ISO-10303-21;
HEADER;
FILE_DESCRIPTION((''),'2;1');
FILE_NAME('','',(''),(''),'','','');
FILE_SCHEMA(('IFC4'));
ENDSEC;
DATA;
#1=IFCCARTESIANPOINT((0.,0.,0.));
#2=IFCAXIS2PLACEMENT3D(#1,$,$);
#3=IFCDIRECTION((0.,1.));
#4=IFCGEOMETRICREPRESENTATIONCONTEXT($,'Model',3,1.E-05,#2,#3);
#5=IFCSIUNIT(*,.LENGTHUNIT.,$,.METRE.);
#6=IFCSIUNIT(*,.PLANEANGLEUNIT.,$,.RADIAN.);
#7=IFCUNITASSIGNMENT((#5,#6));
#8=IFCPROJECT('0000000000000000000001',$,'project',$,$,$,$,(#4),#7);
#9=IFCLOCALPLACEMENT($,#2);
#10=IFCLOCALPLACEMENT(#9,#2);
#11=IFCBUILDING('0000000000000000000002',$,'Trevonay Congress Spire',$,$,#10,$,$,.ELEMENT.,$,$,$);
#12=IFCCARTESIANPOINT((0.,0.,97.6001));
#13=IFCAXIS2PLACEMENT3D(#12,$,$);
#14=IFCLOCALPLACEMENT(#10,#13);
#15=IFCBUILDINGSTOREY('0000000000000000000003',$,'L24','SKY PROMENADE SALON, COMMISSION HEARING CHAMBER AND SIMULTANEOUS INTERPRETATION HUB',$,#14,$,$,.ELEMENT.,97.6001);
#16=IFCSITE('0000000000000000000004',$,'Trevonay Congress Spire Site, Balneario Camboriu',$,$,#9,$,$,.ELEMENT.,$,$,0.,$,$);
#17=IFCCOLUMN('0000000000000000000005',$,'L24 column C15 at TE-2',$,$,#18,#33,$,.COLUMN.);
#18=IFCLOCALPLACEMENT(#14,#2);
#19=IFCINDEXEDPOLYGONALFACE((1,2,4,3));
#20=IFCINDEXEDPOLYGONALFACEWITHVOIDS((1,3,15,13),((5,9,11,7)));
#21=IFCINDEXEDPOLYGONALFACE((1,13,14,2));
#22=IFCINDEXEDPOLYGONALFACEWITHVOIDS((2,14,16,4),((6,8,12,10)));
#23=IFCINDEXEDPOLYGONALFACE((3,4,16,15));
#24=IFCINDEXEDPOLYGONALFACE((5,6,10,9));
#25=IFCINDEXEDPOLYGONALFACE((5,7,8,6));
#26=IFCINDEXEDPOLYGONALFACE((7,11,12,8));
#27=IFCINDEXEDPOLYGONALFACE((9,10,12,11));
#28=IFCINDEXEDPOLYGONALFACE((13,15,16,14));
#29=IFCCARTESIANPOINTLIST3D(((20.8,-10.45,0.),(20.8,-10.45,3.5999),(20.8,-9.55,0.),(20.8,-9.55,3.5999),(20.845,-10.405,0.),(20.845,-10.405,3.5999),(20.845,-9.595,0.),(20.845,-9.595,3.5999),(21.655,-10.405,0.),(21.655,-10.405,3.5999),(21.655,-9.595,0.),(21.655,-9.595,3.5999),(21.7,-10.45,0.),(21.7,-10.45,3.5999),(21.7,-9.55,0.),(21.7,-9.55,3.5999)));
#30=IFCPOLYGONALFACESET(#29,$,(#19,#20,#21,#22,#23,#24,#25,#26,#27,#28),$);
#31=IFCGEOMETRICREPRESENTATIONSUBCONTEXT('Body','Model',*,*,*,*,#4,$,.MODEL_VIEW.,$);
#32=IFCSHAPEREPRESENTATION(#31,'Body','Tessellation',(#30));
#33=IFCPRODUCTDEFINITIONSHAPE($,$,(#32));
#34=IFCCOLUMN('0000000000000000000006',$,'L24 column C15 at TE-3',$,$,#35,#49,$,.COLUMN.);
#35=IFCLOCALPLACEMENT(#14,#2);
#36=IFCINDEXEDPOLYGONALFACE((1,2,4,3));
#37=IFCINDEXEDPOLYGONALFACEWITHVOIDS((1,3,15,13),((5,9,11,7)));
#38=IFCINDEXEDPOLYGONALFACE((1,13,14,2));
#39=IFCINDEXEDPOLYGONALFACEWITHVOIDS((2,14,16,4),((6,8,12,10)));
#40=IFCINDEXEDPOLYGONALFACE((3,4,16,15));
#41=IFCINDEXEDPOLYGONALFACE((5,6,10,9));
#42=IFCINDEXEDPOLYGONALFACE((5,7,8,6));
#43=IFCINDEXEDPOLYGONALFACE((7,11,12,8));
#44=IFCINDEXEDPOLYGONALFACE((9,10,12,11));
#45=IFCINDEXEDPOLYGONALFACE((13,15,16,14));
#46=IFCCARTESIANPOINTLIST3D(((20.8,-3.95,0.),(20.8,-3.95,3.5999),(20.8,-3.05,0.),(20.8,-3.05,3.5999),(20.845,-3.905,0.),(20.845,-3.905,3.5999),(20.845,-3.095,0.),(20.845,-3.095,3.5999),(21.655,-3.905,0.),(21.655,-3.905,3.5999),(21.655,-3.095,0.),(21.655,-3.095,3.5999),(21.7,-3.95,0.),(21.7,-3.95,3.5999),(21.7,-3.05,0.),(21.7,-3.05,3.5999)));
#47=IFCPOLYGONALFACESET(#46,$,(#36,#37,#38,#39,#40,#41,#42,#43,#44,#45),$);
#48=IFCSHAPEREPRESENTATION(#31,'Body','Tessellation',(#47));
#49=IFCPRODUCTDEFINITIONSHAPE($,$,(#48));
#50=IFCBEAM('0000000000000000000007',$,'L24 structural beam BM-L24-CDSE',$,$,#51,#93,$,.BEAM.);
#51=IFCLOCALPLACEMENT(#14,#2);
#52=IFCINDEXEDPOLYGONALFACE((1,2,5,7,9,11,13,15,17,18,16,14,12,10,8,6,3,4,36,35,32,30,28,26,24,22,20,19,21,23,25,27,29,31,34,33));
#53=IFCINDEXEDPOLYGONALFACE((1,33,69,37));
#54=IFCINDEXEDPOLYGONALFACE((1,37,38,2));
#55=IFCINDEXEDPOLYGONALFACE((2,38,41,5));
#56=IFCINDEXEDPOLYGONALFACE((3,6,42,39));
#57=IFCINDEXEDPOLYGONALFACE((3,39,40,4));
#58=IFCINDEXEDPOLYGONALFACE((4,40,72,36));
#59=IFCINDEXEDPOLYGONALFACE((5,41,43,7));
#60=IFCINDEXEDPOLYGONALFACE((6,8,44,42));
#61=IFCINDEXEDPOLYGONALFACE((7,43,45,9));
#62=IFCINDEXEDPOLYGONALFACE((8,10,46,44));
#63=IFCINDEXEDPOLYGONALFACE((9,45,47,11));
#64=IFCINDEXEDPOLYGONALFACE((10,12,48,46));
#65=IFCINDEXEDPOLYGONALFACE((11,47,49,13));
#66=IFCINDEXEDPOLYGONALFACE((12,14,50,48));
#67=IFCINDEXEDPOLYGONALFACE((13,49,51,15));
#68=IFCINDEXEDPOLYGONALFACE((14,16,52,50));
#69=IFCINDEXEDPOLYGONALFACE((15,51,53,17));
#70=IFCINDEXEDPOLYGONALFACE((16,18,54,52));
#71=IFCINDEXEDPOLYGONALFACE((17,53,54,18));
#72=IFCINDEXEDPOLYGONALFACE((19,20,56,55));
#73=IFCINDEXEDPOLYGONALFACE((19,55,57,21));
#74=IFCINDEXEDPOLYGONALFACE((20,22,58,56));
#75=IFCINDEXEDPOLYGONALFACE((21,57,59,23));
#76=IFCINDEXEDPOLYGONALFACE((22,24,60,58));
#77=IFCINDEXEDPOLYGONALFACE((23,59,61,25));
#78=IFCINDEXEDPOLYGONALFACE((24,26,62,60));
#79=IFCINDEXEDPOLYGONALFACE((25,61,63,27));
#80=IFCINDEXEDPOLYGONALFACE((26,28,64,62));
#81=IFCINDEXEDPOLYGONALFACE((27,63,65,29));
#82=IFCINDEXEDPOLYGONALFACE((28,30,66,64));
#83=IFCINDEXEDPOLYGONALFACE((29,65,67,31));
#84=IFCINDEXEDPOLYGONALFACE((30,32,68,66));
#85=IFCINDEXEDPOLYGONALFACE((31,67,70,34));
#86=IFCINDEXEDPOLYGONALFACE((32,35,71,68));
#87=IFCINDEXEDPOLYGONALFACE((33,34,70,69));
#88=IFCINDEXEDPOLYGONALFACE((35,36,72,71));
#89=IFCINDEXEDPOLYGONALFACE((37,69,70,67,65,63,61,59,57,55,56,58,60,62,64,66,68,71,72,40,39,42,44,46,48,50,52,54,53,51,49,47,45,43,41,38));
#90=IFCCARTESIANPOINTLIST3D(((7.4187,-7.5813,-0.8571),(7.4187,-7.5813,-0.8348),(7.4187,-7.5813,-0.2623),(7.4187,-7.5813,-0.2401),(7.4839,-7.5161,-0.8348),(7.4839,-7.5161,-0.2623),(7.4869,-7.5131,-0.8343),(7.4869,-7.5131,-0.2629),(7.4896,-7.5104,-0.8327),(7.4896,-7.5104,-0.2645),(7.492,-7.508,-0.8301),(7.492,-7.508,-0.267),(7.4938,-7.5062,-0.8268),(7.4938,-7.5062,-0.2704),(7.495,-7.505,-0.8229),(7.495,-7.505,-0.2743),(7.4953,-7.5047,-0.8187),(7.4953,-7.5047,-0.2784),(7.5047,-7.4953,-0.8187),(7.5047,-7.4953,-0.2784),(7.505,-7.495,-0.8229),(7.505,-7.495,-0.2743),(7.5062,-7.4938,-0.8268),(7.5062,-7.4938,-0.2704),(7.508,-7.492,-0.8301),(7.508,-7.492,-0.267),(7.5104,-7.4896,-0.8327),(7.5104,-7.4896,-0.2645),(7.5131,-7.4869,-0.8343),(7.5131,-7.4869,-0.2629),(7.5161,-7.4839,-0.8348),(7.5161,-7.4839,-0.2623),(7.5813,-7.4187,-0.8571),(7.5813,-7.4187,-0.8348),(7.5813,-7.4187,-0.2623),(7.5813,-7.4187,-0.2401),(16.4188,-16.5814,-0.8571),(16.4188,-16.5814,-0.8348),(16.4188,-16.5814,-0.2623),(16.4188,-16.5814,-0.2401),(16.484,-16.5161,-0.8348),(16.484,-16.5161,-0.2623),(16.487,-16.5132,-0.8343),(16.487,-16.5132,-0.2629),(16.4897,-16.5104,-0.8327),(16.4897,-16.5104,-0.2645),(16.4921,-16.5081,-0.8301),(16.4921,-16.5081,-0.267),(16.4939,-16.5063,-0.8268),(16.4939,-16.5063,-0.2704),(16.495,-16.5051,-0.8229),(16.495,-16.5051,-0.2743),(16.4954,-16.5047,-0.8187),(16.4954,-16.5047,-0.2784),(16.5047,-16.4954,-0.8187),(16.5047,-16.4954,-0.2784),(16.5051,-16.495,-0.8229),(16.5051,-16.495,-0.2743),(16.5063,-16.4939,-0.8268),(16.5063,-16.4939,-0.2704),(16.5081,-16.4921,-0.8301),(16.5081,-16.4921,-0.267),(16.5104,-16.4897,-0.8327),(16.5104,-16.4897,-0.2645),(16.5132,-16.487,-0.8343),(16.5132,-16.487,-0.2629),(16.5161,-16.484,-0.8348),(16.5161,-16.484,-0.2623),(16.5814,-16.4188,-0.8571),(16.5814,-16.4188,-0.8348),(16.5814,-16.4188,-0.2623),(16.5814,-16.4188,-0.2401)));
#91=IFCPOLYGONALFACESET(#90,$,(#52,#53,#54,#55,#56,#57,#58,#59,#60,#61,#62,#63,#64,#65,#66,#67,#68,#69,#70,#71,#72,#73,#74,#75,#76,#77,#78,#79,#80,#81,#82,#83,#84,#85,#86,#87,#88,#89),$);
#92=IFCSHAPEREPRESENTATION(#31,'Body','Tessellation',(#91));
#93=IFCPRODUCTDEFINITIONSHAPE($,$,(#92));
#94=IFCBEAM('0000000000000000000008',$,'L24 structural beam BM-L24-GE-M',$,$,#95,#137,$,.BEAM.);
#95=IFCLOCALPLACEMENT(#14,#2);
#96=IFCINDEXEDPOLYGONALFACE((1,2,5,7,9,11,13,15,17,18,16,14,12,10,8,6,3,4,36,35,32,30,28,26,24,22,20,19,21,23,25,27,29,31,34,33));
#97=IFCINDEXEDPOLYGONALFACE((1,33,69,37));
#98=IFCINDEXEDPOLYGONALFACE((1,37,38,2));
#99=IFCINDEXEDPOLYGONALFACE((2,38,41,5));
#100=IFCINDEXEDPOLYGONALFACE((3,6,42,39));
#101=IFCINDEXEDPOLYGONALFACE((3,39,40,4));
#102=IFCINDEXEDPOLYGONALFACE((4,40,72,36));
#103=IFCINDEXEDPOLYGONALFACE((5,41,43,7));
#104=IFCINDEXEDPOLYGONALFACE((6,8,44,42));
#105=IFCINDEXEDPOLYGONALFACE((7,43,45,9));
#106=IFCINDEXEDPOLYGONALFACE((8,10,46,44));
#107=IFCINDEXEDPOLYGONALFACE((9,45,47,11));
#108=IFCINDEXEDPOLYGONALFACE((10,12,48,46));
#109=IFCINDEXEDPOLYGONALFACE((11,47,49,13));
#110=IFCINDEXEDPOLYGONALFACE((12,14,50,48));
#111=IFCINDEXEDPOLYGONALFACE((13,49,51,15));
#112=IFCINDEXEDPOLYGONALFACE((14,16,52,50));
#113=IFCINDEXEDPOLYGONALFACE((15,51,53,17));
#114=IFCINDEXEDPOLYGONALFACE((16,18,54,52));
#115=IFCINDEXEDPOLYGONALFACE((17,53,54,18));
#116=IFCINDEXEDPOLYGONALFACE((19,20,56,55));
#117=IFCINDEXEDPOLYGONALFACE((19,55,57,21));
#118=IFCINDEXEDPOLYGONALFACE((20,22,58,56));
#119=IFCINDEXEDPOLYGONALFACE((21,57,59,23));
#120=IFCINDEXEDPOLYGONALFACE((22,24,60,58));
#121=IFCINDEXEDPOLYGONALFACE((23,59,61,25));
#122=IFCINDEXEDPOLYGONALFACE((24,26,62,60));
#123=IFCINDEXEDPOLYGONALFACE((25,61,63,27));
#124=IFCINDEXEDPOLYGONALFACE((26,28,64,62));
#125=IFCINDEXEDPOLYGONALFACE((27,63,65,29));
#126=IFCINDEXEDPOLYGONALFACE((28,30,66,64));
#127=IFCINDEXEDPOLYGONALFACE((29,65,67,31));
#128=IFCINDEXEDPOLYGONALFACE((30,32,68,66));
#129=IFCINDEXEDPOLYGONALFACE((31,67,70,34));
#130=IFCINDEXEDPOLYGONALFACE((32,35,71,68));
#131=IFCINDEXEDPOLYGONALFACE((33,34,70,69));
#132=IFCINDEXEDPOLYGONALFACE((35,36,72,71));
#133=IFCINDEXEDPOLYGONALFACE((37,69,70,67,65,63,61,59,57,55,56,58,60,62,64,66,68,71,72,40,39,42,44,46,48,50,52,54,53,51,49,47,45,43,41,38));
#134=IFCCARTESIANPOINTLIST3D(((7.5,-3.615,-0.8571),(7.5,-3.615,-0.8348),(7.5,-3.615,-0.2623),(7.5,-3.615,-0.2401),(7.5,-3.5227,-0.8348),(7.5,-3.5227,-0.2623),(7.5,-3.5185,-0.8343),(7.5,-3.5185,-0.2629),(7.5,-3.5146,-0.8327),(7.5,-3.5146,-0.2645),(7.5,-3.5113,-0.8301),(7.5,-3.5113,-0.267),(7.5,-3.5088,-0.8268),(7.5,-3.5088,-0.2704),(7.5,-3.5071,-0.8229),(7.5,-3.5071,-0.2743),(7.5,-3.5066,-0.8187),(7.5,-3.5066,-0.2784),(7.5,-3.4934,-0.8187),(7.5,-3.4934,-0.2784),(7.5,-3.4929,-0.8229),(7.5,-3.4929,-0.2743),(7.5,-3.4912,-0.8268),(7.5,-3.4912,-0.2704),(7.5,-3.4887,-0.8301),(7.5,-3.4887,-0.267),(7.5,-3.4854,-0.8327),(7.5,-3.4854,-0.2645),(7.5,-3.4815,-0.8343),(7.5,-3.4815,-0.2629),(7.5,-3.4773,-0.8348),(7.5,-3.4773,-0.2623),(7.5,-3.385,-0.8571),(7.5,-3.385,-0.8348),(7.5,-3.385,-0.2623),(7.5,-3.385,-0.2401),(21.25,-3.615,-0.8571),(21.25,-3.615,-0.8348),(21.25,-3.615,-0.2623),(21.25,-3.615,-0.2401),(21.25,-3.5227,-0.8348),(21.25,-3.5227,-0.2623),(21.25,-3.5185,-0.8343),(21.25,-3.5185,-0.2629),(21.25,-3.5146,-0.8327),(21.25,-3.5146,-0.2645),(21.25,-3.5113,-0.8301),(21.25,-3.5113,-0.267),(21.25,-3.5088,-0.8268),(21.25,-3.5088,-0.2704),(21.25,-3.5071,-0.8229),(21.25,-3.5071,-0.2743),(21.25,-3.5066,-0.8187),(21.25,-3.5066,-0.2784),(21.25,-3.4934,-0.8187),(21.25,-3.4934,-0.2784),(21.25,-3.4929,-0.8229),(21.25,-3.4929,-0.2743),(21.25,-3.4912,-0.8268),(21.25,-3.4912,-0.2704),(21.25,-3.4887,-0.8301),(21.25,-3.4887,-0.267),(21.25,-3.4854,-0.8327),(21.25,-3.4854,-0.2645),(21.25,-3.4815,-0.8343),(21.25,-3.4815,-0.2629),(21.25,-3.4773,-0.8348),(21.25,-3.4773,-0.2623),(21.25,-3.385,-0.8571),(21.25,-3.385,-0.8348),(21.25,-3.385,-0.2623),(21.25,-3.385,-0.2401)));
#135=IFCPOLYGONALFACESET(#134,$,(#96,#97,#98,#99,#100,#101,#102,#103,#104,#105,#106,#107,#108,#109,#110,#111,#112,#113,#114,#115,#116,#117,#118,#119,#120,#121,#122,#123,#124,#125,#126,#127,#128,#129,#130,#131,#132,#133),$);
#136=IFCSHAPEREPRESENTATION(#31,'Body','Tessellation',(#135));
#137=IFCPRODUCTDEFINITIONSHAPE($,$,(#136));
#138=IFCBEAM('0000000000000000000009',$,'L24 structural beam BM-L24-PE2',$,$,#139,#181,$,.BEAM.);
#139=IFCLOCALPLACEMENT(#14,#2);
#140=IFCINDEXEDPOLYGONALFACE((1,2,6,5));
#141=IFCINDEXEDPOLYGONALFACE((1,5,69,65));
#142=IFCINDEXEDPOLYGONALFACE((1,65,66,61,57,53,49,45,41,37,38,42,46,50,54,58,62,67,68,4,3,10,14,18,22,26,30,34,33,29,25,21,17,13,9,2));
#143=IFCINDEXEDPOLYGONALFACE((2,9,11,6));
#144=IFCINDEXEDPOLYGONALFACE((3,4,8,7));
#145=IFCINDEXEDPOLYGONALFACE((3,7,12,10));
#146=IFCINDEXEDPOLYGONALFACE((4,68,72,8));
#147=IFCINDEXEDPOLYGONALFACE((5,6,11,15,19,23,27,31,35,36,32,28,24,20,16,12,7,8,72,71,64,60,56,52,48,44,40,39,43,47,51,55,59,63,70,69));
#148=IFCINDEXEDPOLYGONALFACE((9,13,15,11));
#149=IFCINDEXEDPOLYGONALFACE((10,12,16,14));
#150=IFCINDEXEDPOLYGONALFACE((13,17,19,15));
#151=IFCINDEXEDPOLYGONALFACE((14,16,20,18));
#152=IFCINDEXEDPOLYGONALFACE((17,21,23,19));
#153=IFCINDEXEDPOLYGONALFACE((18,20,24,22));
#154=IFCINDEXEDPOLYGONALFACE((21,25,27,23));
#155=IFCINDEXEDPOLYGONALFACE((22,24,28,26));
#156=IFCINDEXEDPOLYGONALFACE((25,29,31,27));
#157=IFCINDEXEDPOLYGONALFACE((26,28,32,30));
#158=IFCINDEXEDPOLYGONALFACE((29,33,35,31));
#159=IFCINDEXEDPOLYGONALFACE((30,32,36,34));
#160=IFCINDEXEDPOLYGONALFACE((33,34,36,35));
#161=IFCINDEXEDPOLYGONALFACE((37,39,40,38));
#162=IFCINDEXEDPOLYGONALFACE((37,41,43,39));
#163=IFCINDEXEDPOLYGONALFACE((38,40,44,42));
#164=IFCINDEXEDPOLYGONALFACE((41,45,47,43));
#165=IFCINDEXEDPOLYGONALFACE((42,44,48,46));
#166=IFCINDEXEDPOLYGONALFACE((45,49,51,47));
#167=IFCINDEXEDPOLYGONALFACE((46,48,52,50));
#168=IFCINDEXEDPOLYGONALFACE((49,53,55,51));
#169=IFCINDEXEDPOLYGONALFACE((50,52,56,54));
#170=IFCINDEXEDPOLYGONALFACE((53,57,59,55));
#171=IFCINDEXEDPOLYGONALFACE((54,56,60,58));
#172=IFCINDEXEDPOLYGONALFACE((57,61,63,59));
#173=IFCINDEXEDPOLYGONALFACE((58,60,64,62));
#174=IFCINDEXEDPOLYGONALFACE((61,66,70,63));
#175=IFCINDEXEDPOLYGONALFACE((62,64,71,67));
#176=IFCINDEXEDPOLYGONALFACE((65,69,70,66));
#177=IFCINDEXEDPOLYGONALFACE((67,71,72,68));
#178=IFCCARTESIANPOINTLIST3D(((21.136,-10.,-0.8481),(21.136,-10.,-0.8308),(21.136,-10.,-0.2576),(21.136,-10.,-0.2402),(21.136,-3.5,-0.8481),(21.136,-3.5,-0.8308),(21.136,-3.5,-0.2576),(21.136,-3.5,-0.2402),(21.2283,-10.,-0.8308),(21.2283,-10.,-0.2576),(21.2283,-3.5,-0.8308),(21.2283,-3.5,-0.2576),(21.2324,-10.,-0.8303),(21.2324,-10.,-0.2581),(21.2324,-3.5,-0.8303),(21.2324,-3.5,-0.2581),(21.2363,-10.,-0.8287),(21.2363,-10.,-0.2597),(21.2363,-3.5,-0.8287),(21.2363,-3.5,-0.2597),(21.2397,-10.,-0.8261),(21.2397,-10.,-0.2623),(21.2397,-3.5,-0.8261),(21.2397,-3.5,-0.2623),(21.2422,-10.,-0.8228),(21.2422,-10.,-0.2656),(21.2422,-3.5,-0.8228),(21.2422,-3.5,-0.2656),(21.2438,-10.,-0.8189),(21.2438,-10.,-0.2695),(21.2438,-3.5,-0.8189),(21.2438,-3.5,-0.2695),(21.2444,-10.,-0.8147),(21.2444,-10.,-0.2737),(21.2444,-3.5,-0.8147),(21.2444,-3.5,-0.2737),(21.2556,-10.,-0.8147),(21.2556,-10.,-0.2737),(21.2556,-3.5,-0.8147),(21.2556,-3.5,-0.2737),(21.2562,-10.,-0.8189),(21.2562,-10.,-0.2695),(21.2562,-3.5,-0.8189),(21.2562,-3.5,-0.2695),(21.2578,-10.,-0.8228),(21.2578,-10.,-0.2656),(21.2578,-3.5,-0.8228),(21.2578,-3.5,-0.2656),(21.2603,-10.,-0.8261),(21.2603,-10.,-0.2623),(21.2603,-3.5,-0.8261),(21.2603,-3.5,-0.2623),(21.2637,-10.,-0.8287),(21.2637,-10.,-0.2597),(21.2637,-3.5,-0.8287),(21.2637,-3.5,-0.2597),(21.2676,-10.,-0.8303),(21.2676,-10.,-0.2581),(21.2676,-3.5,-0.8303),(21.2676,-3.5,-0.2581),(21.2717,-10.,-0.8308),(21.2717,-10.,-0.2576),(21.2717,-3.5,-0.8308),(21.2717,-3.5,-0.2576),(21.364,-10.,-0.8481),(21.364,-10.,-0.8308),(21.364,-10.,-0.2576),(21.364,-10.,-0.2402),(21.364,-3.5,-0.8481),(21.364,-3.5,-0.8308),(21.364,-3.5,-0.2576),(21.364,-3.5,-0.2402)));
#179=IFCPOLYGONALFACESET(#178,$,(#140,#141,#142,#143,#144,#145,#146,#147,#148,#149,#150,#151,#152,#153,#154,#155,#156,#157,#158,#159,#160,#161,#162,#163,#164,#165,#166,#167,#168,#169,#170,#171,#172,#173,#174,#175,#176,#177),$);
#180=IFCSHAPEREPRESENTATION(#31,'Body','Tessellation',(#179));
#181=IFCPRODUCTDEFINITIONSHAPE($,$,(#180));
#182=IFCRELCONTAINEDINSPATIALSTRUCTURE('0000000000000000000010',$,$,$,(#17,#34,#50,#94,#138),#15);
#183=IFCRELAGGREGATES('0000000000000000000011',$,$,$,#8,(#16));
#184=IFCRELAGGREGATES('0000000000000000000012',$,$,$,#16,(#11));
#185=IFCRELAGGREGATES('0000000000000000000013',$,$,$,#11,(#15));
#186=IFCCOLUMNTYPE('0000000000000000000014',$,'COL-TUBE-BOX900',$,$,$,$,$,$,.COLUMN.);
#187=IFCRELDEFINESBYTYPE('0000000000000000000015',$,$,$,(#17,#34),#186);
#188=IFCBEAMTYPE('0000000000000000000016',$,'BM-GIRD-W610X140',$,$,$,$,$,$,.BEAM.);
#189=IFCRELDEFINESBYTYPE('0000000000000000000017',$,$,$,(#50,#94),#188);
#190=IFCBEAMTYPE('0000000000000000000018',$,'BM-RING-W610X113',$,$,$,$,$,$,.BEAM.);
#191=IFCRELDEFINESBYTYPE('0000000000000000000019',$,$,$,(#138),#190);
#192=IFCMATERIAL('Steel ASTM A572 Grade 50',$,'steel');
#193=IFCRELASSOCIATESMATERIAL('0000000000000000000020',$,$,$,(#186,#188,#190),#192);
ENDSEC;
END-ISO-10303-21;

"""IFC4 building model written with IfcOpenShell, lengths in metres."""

from ifc_helpers import new_model, si_unit, direction, frame, origin, origin_2d, place, context, subcontext, project, spatial, hollow_rectangle, i_section, extrude, material, material_profile, profile_set, type_object, element, save


model = new_model("IFC4")

# Units and contexts
model_context = context("Model", 3, precision=1e-05, world=origin(), true_north=direction((0.0, 1.0)))
body_context = subcontext(model_context, "Body", "Model", "MODEL_VIEW")
ifc_project = project(units=[si_unit("LENGTHUNIT", "METRE"), si_unit("PLANEANGLEUNIT", "RADIAN")], contexts=[model_context])

# Site, building, storey
site_placement = place(None, origin())
site = spatial("IfcSite", under=ifc_project, at=site_placement, Name="Trevonay Congress Spire Site, Balneario Camboriu", CompositionType="ELEMENT", RefElevation=0.0)
building_placement = place(site_placement, origin())
building = spatial("IfcBuilding", under=site, at=building_placement, Name="Trevonay Congress Spire", CompositionType="ELEMENT")
storey_placement = place(building_placement, frame((0.0, 0.0, 97.6001)))
storey = spatial("IfcBuildingStorey", under=building, at=storey_placement, Name="L24", Description="SKY PROMENADE SALON, COMMISSION HEARING CHAMBER AND SIMULTANEOUS INTERPRETATION HUB", CompositionType="ELEMENT", Elevation=97.6001)

# Columns
ifc_material_1 = material(Name="Steel ASTM A572 Grade 50", Category="steel")
ifc_material_profile_1 = material_profile(ifc_material_1, hollow_rectangle(XDim=0.8999, YDim=0.8999, WallThickness=0.0449, at=origin_2d()), Name="BOX 900x900x45")
ifc_profile_set_1 = profile_set([ifc_material_profile_1], Name="Steel ASTM A572 Grade 50")
column_type = type_object("IfcColumnType", Name="COL-TUBE-BOX900", PredefinedType="COLUMN", material=ifc_profile_set_1)
for number, where, z_axis, x_axis, name in (
    (1, (21.25, -10.0, 0.0), (0.0, 0.0, 1.0), (1.0, 0.0, 0.0), "L24 column C15 at TE-2"),
    (2, (21.25, -3.5, 0.0), (0.0, 0.0, 1.0), (1.0, 0.0, 0.0), "L24 column C15 at TE-3"),
):
    element("IfcColumn", number, at=place(storey_placement, frame(where, z_axis=z_axis, x_axis=x_axis)), inside=storey, type_object=column_type, Name=name, PredefinedType="COLUMN", context=body_context, shape_type="SweptSolid", body=[
        extrude(hollow_rectangle(XDim=0.8999, YDim=0.8999, WallThickness=0.0449, at=origin_2d()), origin(), (0.0, 0.0, 1.0), 3.5999),
    ])

# Beams
ifc_material_profile_2 = material_profile(ifc_material_1, i_section(OverallWidth=0.23, OverallDepth=0.6169, WebThickness=0.0132, FlangeThickness=0.0222, FilletRadius=0.0161, at=origin_2d()), Name="W610x140")
ifc_profile_set_2 = profile_set([ifc_material_profile_2], Name="Steel ASTM A572 Grade 50")
beam_type_1 = type_object("IfcBeamType", Name="BM-GIRD-W610X140", PredefinedType="BEAM", material=ifc_profile_set_2)
beam_1_placement = place(storey_placement, frame((7.5, -7.5, -0.5486), z_axis=(0.707107, -0.707107, 0.0), x_axis=(0.707107, 0.707107, 0.0)))
element("IfcBeam", 3, at=beam_1_placement, inside=storey, type_object=beam_type_1, Name="L24 structural beam BM-L24-CDSE", PredefinedType="BEAM", context=body_context, shape_type="SweptSolid", body=[
    extrude(i_section(OverallWidth=0.23, OverallDepth=0.6169, WebThickness=0.0132, FlangeThickness=0.0222, FilletRadius=0.0161, at=origin_2d()), origin(), (0.0, 0.0, 1.0), 12.728),
])
beam_2_placement = place(storey_placement, frame((7.5, -3.5, -0.5486), z_axis=(1.0, 0.0, 0.0), x_axis=(0.0, 1.0, 0.0)))
element("IfcBeam", 4, at=beam_2_placement, inside=storey, type_object=beam_type_1, Name="L24 structural beam BM-L24-GE-M", PredefinedType="BEAM", context=body_context, shape_type="SweptSolid", body=[
    extrude(i_section(OverallWidth=0.23, OverallDepth=0.6169, WebThickness=0.0132, FlangeThickness=0.0222, FilletRadius=0.0161, at=origin_2d()), origin(), (0.0, 0.0, 1.0), 13.75),
])
ifc_material_profile_3 = material_profile(ifc_material_1, i_section(OverallWidth=0.228, OverallDepth=0.6079, WebThickness=0.0112, FlangeThickness=0.0173, FilletRadius=0.0161, at=origin_2d()), Name="W610x113")
ifc_profile_set_3 = profile_set([ifc_material_profile_3], Name="Steel ASTM A572 Grade 50")
beam_type_2 = type_object("IfcBeamType", Name="BM-RING-W610X113", PredefinedType="BEAM", material=ifc_profile_set_3)
beam_3_placement = place(storey_placement, frame((21.25, -10.0, -0.5442), z_axis=(0.0, 1.0, 0.0), x_axis=(-1.0, 0.0, 0.0)))
element("IfcBeam", 5, at=beam_3_placement, inside=storey, type_object=beam_type_2, Name="L24 structural beam BM-L24-PE2", PredefinedType="BEAM", context=body_context, shape_type="SweptSolid", body=[
    extrude(i_section(OverallWidth=0.228, OverallDepth=0.6079, WebThickness=0.0112, FlangeThickness=0.0173, FilletRadius=0.0161, at=origin_2d()), origin(), (0.0, 0.0, 1.0), 6.5),
])

save(model, "model.ifc")
